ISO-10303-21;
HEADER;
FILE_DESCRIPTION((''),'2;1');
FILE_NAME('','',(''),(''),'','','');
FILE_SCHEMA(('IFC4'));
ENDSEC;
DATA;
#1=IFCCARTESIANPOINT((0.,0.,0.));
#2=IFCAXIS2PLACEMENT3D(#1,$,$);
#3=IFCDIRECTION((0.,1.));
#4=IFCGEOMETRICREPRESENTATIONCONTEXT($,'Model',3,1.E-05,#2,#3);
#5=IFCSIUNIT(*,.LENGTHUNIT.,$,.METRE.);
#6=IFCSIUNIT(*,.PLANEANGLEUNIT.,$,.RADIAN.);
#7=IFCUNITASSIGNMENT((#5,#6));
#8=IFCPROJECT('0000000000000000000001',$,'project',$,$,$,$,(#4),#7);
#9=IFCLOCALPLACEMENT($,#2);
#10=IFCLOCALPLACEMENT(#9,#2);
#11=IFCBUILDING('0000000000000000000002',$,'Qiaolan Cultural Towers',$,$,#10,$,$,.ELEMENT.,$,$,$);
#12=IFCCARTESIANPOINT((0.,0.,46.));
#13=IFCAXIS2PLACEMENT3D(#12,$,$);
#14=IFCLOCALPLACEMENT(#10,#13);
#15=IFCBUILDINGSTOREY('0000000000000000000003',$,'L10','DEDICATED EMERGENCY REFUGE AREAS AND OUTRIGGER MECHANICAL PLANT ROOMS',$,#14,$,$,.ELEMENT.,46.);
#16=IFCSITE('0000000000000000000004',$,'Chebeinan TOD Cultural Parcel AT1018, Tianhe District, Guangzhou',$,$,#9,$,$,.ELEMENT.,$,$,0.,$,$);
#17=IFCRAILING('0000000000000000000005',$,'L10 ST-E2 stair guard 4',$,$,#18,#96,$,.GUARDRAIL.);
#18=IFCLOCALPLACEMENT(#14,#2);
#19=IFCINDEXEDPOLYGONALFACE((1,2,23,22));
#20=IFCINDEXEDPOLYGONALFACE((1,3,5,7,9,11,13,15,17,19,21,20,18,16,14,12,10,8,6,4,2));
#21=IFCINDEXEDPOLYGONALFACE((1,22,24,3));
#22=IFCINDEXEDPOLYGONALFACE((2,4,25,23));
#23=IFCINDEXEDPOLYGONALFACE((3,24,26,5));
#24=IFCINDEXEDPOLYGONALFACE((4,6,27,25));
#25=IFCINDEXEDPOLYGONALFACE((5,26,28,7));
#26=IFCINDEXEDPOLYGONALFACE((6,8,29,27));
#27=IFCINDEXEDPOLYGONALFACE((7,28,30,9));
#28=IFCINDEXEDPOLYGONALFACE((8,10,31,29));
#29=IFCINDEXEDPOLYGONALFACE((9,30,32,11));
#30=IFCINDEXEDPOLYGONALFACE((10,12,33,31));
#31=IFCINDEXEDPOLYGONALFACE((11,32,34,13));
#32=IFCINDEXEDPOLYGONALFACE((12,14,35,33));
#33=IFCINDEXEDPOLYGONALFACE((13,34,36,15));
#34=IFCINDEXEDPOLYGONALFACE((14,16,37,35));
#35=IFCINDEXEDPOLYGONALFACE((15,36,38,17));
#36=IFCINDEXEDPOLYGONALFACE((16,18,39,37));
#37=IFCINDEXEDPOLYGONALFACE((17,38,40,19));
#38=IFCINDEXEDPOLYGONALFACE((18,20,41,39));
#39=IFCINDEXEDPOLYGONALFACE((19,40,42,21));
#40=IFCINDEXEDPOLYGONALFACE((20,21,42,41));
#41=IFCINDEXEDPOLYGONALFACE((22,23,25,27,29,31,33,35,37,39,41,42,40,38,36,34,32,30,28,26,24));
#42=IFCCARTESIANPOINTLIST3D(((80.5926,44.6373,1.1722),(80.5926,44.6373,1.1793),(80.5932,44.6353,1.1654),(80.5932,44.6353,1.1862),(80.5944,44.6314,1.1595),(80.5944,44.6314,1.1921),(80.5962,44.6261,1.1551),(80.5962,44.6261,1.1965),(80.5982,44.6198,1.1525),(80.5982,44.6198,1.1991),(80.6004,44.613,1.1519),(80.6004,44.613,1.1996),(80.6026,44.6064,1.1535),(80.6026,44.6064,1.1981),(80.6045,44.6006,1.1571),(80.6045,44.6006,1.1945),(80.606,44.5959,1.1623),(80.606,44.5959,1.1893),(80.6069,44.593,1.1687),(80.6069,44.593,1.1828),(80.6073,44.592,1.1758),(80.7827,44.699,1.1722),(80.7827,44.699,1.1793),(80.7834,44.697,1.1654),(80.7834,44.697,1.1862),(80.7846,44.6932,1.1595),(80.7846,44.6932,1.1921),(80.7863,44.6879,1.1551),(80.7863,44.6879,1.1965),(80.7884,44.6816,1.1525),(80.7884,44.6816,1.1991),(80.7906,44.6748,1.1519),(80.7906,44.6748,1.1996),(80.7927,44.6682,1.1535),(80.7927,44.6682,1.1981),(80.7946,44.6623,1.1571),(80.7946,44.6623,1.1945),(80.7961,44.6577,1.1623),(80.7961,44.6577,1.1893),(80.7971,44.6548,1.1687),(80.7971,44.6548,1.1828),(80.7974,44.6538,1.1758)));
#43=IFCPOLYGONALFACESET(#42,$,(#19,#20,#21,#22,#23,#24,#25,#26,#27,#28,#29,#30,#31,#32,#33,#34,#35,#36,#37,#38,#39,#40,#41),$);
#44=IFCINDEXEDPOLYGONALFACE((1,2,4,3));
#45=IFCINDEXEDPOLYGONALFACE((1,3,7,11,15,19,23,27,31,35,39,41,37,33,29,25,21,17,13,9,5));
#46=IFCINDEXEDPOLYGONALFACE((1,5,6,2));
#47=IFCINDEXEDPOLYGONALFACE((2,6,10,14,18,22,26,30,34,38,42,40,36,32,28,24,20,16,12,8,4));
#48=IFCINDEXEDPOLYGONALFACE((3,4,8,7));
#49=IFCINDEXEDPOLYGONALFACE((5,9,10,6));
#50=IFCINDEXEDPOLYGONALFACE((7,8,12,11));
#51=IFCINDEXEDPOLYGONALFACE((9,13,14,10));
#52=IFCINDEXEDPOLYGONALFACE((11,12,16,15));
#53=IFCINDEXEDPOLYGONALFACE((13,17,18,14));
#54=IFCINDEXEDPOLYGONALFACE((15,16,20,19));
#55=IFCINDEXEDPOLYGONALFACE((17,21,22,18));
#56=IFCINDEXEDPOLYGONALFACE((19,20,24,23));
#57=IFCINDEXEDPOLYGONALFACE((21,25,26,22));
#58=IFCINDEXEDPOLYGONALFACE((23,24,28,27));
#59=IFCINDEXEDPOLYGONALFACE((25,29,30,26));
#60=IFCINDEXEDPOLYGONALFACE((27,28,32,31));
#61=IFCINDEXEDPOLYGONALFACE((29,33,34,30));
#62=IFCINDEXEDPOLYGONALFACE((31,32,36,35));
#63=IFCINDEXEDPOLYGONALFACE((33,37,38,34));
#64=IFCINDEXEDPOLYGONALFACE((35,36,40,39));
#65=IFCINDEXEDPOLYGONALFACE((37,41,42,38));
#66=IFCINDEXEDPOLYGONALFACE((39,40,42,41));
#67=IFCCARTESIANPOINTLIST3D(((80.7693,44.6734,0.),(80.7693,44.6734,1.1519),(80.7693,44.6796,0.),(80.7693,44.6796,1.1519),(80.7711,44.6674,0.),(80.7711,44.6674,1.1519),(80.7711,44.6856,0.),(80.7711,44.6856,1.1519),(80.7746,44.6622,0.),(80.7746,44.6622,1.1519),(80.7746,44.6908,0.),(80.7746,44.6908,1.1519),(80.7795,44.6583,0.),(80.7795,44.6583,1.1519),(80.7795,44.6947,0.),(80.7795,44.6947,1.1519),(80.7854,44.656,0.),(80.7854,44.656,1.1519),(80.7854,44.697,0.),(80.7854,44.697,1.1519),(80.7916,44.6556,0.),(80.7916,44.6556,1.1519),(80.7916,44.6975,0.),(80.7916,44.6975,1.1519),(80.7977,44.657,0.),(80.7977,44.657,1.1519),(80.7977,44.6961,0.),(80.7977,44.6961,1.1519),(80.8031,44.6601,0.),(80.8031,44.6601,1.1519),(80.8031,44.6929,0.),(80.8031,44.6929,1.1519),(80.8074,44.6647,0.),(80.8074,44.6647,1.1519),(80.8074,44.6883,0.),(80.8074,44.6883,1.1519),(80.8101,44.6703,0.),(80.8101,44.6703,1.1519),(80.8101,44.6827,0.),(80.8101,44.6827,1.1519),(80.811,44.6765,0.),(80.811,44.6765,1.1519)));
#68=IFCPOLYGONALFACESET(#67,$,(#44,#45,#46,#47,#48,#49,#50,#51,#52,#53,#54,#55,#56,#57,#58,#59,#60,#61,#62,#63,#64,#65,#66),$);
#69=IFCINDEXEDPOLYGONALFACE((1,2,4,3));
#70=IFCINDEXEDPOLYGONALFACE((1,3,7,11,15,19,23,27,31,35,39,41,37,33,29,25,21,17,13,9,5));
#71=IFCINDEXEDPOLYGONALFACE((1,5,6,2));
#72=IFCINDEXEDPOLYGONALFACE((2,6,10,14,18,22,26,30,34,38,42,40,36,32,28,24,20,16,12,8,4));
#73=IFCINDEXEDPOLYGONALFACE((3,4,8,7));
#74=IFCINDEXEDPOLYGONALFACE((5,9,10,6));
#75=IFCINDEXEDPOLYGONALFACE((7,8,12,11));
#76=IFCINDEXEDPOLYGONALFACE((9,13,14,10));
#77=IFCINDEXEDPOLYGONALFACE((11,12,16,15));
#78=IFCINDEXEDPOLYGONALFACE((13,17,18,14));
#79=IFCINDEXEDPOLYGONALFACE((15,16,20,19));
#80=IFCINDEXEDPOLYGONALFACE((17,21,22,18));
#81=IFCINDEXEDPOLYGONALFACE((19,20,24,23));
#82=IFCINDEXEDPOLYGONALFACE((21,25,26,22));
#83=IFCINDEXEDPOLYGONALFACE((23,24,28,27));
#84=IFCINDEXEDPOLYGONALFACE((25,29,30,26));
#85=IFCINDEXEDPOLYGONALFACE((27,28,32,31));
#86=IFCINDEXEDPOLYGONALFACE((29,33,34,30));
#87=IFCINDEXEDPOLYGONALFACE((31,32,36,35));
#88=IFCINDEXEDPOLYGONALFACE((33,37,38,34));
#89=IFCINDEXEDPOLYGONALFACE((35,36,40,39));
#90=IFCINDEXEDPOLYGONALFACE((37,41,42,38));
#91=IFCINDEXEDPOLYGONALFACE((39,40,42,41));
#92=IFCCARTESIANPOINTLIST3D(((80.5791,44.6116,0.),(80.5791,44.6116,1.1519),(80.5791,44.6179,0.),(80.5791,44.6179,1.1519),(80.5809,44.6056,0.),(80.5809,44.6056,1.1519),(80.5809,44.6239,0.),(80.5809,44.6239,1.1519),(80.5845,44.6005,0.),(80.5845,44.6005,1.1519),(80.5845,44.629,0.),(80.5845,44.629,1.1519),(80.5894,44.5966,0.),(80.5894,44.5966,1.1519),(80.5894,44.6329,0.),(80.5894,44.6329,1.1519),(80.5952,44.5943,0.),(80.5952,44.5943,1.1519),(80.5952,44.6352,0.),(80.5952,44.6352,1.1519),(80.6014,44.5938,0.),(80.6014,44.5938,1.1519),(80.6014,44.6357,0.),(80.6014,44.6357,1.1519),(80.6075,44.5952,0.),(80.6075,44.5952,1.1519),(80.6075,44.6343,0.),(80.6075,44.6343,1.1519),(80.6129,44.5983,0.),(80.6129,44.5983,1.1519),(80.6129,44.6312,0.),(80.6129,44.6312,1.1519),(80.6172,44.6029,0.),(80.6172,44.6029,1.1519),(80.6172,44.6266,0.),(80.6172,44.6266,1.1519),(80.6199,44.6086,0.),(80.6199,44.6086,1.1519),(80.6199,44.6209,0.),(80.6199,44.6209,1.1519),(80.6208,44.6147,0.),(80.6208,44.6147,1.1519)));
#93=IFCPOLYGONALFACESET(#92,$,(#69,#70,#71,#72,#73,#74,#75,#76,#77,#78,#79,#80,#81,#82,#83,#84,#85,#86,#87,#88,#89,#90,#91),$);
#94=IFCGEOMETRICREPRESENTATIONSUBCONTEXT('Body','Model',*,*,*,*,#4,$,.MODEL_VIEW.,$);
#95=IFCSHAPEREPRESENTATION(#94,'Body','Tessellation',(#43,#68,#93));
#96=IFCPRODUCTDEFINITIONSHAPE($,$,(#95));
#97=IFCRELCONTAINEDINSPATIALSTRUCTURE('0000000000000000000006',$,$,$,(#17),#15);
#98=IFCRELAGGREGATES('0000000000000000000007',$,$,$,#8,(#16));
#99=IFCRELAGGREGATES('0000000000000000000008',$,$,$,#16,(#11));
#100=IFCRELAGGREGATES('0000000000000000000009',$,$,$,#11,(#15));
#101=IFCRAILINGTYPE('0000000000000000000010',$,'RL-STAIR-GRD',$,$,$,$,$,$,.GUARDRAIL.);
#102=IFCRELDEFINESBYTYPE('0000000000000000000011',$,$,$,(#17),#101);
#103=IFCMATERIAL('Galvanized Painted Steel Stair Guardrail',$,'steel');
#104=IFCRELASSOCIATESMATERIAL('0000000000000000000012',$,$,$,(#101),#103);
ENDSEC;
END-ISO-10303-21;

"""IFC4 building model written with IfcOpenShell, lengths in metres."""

from ifc_helpers import new_model, si_unit, direction, frame, origin, origin_2d, place, context, subcontext, project, spatial, circle, extrude, material, type_object, element, save


model = new_model("IFC4")

# Units and contexts
model_context = context("Model", 3, precision=1e-05, world=origin(), true_north=direction((0.0, 1.0)))
body_context = subcontext(model_context, "Body", "Model", "MODEL_VIEW")
ifc_project = project(units=[si_unit("LENGTHUNIT", "METRE"), si_unit("PLANEANGLEUNIT", "RADIAN")], contexts=[model_context])

# Site, building, storey
site_placement = place(None, origin())
site = spatial("IfcSite", under=ifc_project, at=site_placement, Name="Chebeinan TOD Cultural Parcel AT1018, Tianhe District, Guangzhou", CompositionType="ELEMENT", RefElevation=0.0)
building_placement = place(site_placement, origin())
building = spatial("IfcBuilding", under=site, at=building_placement, Name="Qiaolan Cultural Towers", CompositionType="ELEMENT")
storey_placement = place(building_placement, frame((0.0, 0.0, 46.0)))
storey = spatial("IfcBuildingStorey", under=building, at=storey_placement, Name="L10", Description="DEDICATED EMERGENCY REFUGE AREAS AND OUTRIGGER MECHANICAL PLANT ROOMS", CompositionType="ELEMENT", Elevation=46.0)

# Railing
ifc_material_1 = material(Name="Galvanized Painted Steel Stair Guardrail", Category="steel")
railing_type_1 = type_object("IfcRailingType", Name="RL-STAIR-GRD", PredefinedType="GUARDRAIL", material=ifc_material_1)
railing_1_placement = place(storey_placement, frame((80.79, 44.6765, 0.0)))
element("IfcRailing", 1, at=railing_1_placement, inside=storey, type_object=railing_type_1, Name="L10 ST-E2 stair guard 4", PredefinedType="GUARDRAIL", context=body_context, shape_type="SweptSolid", body=[
    extrude(circle(Radius=0.0239, at=origin_2d()), frame((0.0, 0.0, 1.1758), z_axis=(-0.951097, -0.308893, 0.0), x_axis=(0.308893, -0.951097, 0.0)), (0.0, 0.0, 1.0), 0.2),
    extrude(circle(Radius=0.021, at=origin_2d()), origin(), (0.0, 0.0, 1.0), 1.1519),
    extrude(circle(Radius=0.021, at=origin_2d()), frame((-0.1902, -0.0618, 0.0)), (0.0, 0.0, 1.0), 1.1519),
])

save(model, "model.ifc")
